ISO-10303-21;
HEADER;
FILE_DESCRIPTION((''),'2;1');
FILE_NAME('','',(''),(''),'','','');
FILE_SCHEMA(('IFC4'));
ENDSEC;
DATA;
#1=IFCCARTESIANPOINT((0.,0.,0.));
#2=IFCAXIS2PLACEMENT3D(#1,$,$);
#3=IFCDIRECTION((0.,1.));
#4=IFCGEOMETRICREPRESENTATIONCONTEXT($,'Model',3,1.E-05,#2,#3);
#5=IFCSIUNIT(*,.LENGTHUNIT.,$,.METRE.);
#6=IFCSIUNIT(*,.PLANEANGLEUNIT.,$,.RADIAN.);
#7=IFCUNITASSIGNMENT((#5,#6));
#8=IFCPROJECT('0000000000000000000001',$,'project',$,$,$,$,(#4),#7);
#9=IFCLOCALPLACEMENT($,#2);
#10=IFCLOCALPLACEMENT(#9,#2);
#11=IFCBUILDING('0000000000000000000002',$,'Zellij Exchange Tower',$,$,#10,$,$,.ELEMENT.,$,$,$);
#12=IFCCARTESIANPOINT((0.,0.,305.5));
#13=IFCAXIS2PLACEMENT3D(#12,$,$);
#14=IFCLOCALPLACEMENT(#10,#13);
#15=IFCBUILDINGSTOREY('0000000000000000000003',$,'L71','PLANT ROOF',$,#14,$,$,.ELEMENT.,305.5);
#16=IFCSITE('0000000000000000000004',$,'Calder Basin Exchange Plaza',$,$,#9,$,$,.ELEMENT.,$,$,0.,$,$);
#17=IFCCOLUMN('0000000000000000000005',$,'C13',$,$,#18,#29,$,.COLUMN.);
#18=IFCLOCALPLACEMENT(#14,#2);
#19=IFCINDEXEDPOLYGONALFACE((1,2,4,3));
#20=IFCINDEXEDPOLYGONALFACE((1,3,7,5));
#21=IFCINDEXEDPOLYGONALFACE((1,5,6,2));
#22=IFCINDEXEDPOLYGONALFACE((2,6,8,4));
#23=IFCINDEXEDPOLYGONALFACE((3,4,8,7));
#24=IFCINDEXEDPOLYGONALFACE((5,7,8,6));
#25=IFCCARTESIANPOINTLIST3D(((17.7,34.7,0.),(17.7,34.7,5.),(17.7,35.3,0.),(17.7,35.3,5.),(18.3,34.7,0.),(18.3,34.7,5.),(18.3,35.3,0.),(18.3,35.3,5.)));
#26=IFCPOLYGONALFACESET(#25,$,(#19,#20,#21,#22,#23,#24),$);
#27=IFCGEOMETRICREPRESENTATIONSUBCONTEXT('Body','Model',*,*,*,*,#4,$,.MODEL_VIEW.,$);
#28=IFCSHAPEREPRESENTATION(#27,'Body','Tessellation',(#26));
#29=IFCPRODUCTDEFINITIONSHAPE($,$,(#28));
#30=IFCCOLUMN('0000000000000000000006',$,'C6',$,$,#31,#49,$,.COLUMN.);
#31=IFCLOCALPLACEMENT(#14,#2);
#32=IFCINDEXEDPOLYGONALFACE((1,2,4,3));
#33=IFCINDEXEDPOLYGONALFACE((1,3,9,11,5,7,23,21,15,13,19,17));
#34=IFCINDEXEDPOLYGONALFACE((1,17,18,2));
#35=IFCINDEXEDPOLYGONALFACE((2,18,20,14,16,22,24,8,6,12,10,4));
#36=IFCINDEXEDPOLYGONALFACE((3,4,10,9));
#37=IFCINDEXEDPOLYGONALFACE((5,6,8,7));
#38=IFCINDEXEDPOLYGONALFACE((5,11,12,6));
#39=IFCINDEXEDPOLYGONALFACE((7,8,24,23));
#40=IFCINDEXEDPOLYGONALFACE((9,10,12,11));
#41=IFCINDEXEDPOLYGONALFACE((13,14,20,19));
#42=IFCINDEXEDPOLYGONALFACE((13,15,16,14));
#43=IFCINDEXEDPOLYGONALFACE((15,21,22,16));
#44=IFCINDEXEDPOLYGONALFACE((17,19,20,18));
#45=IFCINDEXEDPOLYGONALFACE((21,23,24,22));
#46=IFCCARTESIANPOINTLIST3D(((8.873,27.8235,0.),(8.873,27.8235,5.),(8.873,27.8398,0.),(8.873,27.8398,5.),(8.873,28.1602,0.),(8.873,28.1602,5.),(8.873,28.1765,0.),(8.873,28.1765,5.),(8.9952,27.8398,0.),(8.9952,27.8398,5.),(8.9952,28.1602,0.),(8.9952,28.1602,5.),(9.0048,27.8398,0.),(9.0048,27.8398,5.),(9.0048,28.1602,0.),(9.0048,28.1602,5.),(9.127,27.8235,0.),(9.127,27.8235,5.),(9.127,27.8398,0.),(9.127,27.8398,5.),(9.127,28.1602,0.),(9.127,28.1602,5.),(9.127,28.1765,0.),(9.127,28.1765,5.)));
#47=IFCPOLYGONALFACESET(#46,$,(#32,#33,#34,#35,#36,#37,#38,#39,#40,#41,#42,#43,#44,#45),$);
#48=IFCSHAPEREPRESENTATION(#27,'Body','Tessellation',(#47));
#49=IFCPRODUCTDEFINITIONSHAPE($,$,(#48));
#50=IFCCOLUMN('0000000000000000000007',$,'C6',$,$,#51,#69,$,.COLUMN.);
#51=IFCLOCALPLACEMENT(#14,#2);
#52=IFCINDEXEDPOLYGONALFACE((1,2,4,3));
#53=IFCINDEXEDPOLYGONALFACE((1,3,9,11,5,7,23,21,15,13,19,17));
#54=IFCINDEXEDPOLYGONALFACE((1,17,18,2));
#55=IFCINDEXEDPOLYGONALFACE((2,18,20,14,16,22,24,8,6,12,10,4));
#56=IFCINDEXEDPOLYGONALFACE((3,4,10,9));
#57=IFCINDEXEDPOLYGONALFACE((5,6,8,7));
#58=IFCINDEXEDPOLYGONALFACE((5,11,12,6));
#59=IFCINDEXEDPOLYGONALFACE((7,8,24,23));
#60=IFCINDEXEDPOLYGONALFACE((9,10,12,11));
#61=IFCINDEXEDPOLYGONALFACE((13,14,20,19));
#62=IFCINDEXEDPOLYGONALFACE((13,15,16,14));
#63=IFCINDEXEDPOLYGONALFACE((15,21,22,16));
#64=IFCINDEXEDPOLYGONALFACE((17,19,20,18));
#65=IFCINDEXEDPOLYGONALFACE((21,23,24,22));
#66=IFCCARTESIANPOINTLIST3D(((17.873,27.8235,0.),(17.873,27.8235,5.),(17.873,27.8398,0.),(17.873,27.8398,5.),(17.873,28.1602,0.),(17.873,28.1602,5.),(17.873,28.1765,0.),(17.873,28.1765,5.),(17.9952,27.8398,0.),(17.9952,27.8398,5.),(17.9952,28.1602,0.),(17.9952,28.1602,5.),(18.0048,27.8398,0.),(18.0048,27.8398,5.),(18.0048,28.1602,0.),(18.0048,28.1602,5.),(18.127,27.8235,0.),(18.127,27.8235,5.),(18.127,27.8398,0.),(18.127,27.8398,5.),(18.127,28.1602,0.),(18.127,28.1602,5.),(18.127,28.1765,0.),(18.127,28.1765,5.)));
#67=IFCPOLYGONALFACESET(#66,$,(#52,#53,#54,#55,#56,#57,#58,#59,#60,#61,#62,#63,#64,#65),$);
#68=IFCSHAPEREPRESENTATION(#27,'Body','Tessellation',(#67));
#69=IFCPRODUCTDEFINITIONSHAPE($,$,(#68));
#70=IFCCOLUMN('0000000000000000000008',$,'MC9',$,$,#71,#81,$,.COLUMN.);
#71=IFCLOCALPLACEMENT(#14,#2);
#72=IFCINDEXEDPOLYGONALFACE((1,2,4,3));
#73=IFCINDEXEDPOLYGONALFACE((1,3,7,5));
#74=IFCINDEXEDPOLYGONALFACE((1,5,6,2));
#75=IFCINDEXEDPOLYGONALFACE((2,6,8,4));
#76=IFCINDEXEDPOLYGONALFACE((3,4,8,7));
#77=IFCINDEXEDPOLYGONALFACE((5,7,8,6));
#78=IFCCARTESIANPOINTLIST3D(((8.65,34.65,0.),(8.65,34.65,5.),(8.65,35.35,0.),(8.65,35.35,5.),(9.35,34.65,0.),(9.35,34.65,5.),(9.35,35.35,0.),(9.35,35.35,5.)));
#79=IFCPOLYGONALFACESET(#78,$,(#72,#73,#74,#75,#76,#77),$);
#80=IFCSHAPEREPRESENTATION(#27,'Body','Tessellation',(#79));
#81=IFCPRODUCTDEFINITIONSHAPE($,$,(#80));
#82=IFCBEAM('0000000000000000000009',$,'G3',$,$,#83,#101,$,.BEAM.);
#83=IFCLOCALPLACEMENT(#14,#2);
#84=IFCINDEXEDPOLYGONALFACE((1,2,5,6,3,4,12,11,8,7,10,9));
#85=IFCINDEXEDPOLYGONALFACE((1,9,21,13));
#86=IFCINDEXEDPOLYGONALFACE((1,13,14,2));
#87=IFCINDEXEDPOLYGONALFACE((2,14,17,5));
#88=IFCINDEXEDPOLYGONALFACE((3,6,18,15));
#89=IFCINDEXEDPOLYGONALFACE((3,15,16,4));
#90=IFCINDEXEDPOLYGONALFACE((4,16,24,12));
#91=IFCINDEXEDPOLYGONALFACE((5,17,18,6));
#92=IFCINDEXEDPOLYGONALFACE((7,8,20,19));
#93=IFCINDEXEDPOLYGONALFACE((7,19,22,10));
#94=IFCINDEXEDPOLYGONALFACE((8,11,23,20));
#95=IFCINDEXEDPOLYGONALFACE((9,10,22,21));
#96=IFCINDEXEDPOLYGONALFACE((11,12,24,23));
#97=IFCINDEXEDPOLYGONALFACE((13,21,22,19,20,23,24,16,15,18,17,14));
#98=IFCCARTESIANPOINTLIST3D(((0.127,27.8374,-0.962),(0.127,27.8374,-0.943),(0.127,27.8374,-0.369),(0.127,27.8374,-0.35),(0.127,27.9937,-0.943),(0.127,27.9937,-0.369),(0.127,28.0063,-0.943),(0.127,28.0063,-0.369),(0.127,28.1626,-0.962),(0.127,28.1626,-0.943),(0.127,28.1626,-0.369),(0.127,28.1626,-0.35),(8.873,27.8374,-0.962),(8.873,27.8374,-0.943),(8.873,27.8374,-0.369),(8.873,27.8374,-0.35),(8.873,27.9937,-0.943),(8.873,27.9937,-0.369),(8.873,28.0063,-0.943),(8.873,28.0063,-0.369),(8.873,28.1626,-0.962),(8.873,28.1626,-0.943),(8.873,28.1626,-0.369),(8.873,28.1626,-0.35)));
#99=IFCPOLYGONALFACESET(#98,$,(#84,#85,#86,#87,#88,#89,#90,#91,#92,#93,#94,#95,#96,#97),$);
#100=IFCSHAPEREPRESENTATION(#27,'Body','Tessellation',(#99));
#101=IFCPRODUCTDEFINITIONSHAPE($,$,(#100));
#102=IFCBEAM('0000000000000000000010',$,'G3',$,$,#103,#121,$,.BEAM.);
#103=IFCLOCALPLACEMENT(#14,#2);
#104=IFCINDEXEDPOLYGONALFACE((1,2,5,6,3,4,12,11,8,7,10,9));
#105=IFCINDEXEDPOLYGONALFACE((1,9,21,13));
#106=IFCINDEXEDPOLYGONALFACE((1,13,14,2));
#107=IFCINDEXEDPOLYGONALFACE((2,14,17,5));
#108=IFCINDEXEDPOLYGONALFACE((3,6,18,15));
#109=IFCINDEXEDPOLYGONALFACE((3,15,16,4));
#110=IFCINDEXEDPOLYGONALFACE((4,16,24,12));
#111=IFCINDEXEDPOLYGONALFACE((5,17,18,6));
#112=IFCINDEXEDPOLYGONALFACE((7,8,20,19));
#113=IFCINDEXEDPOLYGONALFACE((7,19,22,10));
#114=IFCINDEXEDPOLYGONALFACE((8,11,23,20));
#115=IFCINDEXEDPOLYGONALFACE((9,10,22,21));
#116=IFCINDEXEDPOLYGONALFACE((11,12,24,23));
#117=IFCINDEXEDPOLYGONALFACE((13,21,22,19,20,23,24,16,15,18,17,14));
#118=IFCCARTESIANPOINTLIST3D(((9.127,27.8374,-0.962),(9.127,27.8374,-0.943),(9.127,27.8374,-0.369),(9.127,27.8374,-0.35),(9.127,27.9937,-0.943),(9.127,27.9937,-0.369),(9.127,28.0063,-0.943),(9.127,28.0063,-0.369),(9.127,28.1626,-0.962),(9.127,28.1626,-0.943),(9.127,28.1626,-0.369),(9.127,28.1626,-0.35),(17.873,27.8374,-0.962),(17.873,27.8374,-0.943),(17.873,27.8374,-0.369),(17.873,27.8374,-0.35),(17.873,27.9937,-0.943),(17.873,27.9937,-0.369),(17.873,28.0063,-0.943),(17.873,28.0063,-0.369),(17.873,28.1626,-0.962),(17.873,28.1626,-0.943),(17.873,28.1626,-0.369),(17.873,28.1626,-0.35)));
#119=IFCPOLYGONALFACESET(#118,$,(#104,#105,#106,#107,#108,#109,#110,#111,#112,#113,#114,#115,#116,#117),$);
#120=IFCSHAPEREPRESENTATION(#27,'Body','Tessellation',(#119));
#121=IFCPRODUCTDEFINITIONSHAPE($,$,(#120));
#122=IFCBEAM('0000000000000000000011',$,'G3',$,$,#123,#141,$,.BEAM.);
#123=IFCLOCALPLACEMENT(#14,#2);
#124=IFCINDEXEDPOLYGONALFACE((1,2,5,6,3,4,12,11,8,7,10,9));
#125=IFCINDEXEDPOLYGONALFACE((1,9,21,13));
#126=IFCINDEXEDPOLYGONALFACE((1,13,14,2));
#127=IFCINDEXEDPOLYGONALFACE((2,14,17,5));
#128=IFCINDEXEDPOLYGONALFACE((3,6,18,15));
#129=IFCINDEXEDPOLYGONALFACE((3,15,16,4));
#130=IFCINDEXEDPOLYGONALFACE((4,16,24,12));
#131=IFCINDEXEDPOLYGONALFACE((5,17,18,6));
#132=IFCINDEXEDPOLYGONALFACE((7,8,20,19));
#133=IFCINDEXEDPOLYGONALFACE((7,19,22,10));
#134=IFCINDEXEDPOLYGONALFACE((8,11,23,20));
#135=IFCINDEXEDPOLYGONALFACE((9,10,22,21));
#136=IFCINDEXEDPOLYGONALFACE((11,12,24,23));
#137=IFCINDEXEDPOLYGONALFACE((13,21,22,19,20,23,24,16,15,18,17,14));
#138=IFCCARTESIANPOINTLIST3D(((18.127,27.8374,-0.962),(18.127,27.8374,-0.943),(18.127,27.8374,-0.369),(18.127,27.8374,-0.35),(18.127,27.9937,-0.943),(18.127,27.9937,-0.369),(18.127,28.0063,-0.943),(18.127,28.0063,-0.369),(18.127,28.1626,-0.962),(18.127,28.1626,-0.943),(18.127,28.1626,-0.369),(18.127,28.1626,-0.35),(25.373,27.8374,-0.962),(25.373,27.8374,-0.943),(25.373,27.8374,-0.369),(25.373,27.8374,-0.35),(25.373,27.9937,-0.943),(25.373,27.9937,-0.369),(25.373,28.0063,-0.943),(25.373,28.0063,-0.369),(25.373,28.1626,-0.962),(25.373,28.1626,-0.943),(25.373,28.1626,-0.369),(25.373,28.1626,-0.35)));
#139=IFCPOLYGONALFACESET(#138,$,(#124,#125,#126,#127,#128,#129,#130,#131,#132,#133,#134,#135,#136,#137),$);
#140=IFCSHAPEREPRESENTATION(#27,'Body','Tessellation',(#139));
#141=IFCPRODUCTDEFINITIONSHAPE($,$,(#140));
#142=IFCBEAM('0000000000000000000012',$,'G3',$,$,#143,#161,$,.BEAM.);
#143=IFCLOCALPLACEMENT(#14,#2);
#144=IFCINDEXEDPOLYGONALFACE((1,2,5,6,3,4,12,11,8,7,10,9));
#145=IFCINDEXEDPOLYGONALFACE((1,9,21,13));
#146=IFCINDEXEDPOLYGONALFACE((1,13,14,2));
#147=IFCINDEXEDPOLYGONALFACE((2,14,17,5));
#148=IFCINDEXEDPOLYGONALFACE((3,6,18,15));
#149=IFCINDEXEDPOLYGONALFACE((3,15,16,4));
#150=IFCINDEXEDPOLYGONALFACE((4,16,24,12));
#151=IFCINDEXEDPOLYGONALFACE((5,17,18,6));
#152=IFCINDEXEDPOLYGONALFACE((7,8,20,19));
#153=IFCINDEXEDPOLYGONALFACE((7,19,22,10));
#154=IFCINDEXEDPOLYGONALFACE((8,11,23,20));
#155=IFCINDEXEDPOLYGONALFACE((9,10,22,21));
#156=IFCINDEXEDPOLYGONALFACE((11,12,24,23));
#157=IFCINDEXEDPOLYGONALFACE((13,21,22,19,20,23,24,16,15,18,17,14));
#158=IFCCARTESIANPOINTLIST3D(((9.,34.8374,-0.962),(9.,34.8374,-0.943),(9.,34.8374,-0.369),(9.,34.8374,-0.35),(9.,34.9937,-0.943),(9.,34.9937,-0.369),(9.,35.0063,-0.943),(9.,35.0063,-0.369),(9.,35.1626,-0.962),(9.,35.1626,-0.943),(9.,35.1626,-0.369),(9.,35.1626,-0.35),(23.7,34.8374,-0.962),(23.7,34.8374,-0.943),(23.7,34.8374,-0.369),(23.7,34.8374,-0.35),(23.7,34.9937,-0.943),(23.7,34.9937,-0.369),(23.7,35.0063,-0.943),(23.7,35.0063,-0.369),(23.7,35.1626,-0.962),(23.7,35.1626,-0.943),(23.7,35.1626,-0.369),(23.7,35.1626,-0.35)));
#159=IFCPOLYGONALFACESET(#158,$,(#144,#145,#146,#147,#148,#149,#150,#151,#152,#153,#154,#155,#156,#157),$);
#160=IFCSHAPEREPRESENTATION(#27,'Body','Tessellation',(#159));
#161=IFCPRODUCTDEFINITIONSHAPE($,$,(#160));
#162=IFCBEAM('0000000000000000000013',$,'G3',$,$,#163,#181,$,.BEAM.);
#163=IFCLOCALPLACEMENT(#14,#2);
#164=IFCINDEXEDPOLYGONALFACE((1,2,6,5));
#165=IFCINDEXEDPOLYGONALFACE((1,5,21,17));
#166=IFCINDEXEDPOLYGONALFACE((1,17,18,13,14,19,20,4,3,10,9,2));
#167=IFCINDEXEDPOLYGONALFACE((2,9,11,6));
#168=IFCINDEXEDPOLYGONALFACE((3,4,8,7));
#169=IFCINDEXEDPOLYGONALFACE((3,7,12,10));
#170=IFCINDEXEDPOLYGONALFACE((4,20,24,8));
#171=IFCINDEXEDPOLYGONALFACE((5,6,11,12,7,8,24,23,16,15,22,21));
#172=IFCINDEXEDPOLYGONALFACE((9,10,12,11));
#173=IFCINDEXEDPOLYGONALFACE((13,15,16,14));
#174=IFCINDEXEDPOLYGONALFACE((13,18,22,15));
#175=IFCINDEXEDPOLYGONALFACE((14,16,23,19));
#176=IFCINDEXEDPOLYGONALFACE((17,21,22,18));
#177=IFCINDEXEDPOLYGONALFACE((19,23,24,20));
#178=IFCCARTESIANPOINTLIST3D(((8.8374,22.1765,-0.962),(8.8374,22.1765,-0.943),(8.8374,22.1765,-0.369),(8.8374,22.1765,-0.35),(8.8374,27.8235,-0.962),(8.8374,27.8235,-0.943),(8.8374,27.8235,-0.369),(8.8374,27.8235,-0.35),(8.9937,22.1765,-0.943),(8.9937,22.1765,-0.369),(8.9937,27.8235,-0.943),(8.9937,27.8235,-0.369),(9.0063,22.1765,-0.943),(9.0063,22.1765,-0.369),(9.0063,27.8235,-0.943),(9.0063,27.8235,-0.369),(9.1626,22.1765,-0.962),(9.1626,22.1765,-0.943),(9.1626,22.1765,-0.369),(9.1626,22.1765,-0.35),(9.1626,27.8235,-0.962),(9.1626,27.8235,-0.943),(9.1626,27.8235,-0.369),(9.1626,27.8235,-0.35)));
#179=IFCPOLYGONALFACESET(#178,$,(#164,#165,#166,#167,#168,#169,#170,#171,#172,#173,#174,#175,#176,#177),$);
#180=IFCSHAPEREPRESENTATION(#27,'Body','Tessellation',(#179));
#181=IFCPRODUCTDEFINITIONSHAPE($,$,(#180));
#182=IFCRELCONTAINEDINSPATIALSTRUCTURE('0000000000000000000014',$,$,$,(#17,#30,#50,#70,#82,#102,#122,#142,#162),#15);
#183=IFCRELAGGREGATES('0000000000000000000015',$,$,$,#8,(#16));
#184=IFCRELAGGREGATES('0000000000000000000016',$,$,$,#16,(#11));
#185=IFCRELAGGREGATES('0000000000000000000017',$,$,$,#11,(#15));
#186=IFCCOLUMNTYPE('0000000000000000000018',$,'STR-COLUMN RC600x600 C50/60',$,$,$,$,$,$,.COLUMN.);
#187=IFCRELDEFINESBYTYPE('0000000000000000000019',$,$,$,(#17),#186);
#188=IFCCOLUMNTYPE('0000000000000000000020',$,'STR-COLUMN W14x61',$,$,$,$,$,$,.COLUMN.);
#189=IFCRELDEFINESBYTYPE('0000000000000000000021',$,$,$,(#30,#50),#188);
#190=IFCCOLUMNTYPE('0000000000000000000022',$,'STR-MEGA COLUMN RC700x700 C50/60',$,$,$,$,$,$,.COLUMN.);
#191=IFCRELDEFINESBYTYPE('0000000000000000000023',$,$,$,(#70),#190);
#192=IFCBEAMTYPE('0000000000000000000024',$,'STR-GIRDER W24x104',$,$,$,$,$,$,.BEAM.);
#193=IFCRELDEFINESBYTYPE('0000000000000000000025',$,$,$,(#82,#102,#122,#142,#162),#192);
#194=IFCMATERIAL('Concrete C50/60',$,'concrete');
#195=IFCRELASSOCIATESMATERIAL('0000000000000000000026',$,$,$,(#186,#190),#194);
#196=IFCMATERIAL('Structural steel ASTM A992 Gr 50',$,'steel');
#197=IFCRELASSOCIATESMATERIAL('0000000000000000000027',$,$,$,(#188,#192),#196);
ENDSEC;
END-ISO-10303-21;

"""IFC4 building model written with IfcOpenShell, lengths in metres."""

from ifc_helpers import new_model, si_unit, direction, frame, origin, origin_2d, place, context, subcontext, project, spatial, rectangle, i_section, extrude, material, material_profile, profile_set, type_object, element, save


model = new_model("IFC4")

# Units and contexts
model_context = context("Model", 3, precision=1e-05, world=origin(), true_north=direction((0.0, 1.0)))
body_context = subcontext(model_context, "Body", "Model", "MODEL_VIEW")
ifc_project = project(units=[si_unit("LENGTHUNIT", "METRE"), si_unit("PLANEANGLEUNIT", "RADIAN")], contexts=[model_context])

# Site, building, storey
site_placement = place(None, origin())
site = spatial("IfcSite", under=ifc_project, at=site_placement, Name="Calder Basin Exchange Plaza", CompositionType="ELEMENT", RefElevation=0.0)
building_placement = place(site_placement, origin())
building = spatial("IfcBuilding", under=site, at=building_placement, Name="Zellij Exchange Tower", CompositionType="ELEMENT")
storey_placement = place(building_placement, frame((0.0, 0.0, 305.5)))
storey = spatial("IfcBuildingStorey", under=building, at=storey_placement, Name="L71", Description="PLANT ROOF", CompositionType="ELEMENT", Elevation=305.5)

# Columns
ifc_material_1 = material(Name="Concrete C50/60", Category="concrete")
ifc_material_profile_1 = material_profile(ifc_material_1, rectangle(XDim=0.6001, YDim=0.6001, at=origin_2d()), Name="STR-COLUMN RC600x600 C50/60")
ifc_profile_set_1 = profile_set([ifc_material_profile_1], Name="Concrete C50/60")
column_type_1 = type_object("IfcColumnType", Name="STR-COLUMN RC600x600 C50/60", PredefinedType="COLUMN", material=ifc_profile_set_1)
column_1_placement = place(storey_placement, frame((18.0, 35.0, 0.0), z_axis=(0.0, 0.0, 1.0), x_axis=(1.0, 0.0, 0.0)))
element("IfcColumn", 1, at=column_1_placement, inside=storey, type_object=column_type_1, Name="C13", PredefinedType="COLUMN", context=body_context, shape_type="SweptSolid", body=[
    extrude(rectangle(XDim=0.6001, YDim=0.6001, at=origin_2d()), origin(), (0.0, 0.0, 1.0), 5.0),
])
ifc_material_2 = material(Name="Structural steel ASTM A992 Gr 50", Category="steel")
ifc_material_profile_2 = material_profile(ifc_material_2, i_section(OverallWidth=0.2539, OverallDepth=0.353, WebThickness=0.0095, FlangeThickness=0.0164, at=origin_2d()), Name="W14x61")
ifc_profile_set_2 = profile_set([ifc_material_profile_2], Name="Structural steel ASTM A992 Gr 50")
column_type_2 = type_object("IfcColumnType", Name="STR-COLUMN W14x61", PredefinedType="COLUMN", material=ifc_profile_set_2)
for number, where, z_axis, x_axis, name in (
    (2, (9.0, 28.0, 0.0), (0.0, 0.0, 1.0), (1.0, 0.0, 0.0), "C6"),
    (3, (18.0, 28.0, 0.0), (0.0, 0.0, 1.0), (1.0, 0.0, 0.0), "C6"),
):
    element("IfcColumn", number, at=place(storey_placement, frame(where, z_axis=z_axis, x_axis=x_axis)), inside=storey, type_object=column_type_2, Name=name, PredefinedType="COLUMN", context=body_context, shape_type="SweptSolid", body=[
        extrude(i_section(OverallWidth=0.2539, OverallDepth=0.353, WebThickness=0.0095, FlangeThickness=0.0164, at=origin_2d()), origin(), (0.0, 0.0, 1.0), 5.0),
    ])
ifc_material_profile_3 = material_profile(ifc_material_1, rectangle(XDim=0.7, YDim=0.7, at=origin_2d()), Name="STR-MEGA COLUMN RC700x700 C50/60")
ifc_profile_set_3 = profile_set([ifc_material_profile_3], Name="Concrete C50/60")
column_type_3 = type_object("IfcColumnType", Name="STR-MEGA COLUMN RC700x700 C50/60", PredefinedType="COLUMN", material=ifc_profile_set_3)
column_2_placement = place(storey_placement, frame((9.0, 35.0, 0.0), z_axis=(0.0, 0.0, 1.0), x_axis=(1.0, 0.0, 0.0)))
element("IfcColumn", 4, at=column_2_placement, inside=storey, type_object=column_type_3, Name="MC9", PredefinedType="COLUMN", context=body_context, shape_type="SweptSolid", body=[
    extrude(rectangle(XDim=0.7, YDim=0.7, at=origin_2d()), origin(), (0.0, 0.0, 1.0), 5.0),
])

# Beams
ifc_material_profile_4 = material_profile(ifc_material_2, i_section(OverallWidth=0.3252, OverallDepth=0.6121, WebThickness=0.0127, FlangeThickness=0.019, at=origin_2d()), Name="W24x104")
ifc_profile_set_4 = profile_set([ifc_material_profile_4], Name="Structural steel ASTM A992 Gr 50")
beam_type = type_object("IfcBeamType", Name="STR-GIRDER W24x104", PredefinedType="BEAM", material=ifc_profile_set_4)
for number, where, z_axis, x_axis, name in (
    (5, (0.127, 28.0, -0.656), (1.0, 0.0, 0.0), (0.0, 1.0, 0.0), "G3"),
    (6, (9.127, 28.0, -0.656), (1.0, 0.0, 0.0), (0.0, 1.0, 0.0), "G3"),
):
    element("IfcBeam", number, at=place(storey_placement, frame(where, z_axis=z_axis, x_axis=x_axis)), inside=storey, type_object=beam_type, Name=name, PredefinedType="BEAM", context=body_context, shape_type="SweptSolid", body=[
        extrude(i_section(OverallWidth=0.3252, OverallDepth=0.6121, WebThickness=0.0127, FlangeThickness=0.019, at=origin_2d()), origin(), (0.0, 0.0, 1.0), 8.7461),
    ])
beam_1_placement = place(storey_placement, frame((18.127, 28.0, -0.656), z_axis=(1.0, 0.0, 0.0), x_axis=(0.0, 1.0, 0.0)))
element("IfcBeam", 7, at=beam_1_placement, inside=storey, type_object=beam_type, Name="G3", PredefinedType="BEAM", context=body_context, shape_type="SweptSolid", body=[
    extrude(i_section(OverallWidth=0.3252, OverallDepth=0.6121, WebThickness=0.0127, FlangeThickness=0.019, at=origin_2d()), origin(), (0.0, 0.0, 1.0), 7.2461),
])
beam_2_placement = place(storey_placement, frame((9.0, 35.0, -0.656), z_axis=(1.0, 0.0, 0.0), x_axis=(0.0, 1.0, 0.0)))
element("IfcBeam", 8, at=beam_2_placement, inside=storey, type_object=beam_type, Name="G3", PredefinedType="BEAM", context=body_context, shape_type="SweptSolid", body=[
    extrude(i_section(OverallWidth=0.3252, OverallDepth=0.6121, WebThickness=0.0127, FlangeThickness=0.019, at=origin_2d()), origin(), (0.0, 0.0, 1.0), 14.7),
])
beam_3_placement = place(storey_placement, frame((9.0, 22.1765, -0.656), z_axis=(0.0, 1.0, 0.0), x_axis=(-1.0, 0.0, 0.0)))
element("IfcBeam", 9, at=beam_3_placement, inside=storey, type_object=beam_type, Name="G3", PredefinedType="BEAM", context=body_context, shape_type="SweptSolid", body=[
    extrude(i_section(OverallWidth=0.3252, OverallDepth=0.6121, WebThickness=0.0127, FlangeThickness=0.019, at=origin_2d()), origin(), (0.0, 0.0, 1.0), 5.647),
])

save(model, "model.ifc")
